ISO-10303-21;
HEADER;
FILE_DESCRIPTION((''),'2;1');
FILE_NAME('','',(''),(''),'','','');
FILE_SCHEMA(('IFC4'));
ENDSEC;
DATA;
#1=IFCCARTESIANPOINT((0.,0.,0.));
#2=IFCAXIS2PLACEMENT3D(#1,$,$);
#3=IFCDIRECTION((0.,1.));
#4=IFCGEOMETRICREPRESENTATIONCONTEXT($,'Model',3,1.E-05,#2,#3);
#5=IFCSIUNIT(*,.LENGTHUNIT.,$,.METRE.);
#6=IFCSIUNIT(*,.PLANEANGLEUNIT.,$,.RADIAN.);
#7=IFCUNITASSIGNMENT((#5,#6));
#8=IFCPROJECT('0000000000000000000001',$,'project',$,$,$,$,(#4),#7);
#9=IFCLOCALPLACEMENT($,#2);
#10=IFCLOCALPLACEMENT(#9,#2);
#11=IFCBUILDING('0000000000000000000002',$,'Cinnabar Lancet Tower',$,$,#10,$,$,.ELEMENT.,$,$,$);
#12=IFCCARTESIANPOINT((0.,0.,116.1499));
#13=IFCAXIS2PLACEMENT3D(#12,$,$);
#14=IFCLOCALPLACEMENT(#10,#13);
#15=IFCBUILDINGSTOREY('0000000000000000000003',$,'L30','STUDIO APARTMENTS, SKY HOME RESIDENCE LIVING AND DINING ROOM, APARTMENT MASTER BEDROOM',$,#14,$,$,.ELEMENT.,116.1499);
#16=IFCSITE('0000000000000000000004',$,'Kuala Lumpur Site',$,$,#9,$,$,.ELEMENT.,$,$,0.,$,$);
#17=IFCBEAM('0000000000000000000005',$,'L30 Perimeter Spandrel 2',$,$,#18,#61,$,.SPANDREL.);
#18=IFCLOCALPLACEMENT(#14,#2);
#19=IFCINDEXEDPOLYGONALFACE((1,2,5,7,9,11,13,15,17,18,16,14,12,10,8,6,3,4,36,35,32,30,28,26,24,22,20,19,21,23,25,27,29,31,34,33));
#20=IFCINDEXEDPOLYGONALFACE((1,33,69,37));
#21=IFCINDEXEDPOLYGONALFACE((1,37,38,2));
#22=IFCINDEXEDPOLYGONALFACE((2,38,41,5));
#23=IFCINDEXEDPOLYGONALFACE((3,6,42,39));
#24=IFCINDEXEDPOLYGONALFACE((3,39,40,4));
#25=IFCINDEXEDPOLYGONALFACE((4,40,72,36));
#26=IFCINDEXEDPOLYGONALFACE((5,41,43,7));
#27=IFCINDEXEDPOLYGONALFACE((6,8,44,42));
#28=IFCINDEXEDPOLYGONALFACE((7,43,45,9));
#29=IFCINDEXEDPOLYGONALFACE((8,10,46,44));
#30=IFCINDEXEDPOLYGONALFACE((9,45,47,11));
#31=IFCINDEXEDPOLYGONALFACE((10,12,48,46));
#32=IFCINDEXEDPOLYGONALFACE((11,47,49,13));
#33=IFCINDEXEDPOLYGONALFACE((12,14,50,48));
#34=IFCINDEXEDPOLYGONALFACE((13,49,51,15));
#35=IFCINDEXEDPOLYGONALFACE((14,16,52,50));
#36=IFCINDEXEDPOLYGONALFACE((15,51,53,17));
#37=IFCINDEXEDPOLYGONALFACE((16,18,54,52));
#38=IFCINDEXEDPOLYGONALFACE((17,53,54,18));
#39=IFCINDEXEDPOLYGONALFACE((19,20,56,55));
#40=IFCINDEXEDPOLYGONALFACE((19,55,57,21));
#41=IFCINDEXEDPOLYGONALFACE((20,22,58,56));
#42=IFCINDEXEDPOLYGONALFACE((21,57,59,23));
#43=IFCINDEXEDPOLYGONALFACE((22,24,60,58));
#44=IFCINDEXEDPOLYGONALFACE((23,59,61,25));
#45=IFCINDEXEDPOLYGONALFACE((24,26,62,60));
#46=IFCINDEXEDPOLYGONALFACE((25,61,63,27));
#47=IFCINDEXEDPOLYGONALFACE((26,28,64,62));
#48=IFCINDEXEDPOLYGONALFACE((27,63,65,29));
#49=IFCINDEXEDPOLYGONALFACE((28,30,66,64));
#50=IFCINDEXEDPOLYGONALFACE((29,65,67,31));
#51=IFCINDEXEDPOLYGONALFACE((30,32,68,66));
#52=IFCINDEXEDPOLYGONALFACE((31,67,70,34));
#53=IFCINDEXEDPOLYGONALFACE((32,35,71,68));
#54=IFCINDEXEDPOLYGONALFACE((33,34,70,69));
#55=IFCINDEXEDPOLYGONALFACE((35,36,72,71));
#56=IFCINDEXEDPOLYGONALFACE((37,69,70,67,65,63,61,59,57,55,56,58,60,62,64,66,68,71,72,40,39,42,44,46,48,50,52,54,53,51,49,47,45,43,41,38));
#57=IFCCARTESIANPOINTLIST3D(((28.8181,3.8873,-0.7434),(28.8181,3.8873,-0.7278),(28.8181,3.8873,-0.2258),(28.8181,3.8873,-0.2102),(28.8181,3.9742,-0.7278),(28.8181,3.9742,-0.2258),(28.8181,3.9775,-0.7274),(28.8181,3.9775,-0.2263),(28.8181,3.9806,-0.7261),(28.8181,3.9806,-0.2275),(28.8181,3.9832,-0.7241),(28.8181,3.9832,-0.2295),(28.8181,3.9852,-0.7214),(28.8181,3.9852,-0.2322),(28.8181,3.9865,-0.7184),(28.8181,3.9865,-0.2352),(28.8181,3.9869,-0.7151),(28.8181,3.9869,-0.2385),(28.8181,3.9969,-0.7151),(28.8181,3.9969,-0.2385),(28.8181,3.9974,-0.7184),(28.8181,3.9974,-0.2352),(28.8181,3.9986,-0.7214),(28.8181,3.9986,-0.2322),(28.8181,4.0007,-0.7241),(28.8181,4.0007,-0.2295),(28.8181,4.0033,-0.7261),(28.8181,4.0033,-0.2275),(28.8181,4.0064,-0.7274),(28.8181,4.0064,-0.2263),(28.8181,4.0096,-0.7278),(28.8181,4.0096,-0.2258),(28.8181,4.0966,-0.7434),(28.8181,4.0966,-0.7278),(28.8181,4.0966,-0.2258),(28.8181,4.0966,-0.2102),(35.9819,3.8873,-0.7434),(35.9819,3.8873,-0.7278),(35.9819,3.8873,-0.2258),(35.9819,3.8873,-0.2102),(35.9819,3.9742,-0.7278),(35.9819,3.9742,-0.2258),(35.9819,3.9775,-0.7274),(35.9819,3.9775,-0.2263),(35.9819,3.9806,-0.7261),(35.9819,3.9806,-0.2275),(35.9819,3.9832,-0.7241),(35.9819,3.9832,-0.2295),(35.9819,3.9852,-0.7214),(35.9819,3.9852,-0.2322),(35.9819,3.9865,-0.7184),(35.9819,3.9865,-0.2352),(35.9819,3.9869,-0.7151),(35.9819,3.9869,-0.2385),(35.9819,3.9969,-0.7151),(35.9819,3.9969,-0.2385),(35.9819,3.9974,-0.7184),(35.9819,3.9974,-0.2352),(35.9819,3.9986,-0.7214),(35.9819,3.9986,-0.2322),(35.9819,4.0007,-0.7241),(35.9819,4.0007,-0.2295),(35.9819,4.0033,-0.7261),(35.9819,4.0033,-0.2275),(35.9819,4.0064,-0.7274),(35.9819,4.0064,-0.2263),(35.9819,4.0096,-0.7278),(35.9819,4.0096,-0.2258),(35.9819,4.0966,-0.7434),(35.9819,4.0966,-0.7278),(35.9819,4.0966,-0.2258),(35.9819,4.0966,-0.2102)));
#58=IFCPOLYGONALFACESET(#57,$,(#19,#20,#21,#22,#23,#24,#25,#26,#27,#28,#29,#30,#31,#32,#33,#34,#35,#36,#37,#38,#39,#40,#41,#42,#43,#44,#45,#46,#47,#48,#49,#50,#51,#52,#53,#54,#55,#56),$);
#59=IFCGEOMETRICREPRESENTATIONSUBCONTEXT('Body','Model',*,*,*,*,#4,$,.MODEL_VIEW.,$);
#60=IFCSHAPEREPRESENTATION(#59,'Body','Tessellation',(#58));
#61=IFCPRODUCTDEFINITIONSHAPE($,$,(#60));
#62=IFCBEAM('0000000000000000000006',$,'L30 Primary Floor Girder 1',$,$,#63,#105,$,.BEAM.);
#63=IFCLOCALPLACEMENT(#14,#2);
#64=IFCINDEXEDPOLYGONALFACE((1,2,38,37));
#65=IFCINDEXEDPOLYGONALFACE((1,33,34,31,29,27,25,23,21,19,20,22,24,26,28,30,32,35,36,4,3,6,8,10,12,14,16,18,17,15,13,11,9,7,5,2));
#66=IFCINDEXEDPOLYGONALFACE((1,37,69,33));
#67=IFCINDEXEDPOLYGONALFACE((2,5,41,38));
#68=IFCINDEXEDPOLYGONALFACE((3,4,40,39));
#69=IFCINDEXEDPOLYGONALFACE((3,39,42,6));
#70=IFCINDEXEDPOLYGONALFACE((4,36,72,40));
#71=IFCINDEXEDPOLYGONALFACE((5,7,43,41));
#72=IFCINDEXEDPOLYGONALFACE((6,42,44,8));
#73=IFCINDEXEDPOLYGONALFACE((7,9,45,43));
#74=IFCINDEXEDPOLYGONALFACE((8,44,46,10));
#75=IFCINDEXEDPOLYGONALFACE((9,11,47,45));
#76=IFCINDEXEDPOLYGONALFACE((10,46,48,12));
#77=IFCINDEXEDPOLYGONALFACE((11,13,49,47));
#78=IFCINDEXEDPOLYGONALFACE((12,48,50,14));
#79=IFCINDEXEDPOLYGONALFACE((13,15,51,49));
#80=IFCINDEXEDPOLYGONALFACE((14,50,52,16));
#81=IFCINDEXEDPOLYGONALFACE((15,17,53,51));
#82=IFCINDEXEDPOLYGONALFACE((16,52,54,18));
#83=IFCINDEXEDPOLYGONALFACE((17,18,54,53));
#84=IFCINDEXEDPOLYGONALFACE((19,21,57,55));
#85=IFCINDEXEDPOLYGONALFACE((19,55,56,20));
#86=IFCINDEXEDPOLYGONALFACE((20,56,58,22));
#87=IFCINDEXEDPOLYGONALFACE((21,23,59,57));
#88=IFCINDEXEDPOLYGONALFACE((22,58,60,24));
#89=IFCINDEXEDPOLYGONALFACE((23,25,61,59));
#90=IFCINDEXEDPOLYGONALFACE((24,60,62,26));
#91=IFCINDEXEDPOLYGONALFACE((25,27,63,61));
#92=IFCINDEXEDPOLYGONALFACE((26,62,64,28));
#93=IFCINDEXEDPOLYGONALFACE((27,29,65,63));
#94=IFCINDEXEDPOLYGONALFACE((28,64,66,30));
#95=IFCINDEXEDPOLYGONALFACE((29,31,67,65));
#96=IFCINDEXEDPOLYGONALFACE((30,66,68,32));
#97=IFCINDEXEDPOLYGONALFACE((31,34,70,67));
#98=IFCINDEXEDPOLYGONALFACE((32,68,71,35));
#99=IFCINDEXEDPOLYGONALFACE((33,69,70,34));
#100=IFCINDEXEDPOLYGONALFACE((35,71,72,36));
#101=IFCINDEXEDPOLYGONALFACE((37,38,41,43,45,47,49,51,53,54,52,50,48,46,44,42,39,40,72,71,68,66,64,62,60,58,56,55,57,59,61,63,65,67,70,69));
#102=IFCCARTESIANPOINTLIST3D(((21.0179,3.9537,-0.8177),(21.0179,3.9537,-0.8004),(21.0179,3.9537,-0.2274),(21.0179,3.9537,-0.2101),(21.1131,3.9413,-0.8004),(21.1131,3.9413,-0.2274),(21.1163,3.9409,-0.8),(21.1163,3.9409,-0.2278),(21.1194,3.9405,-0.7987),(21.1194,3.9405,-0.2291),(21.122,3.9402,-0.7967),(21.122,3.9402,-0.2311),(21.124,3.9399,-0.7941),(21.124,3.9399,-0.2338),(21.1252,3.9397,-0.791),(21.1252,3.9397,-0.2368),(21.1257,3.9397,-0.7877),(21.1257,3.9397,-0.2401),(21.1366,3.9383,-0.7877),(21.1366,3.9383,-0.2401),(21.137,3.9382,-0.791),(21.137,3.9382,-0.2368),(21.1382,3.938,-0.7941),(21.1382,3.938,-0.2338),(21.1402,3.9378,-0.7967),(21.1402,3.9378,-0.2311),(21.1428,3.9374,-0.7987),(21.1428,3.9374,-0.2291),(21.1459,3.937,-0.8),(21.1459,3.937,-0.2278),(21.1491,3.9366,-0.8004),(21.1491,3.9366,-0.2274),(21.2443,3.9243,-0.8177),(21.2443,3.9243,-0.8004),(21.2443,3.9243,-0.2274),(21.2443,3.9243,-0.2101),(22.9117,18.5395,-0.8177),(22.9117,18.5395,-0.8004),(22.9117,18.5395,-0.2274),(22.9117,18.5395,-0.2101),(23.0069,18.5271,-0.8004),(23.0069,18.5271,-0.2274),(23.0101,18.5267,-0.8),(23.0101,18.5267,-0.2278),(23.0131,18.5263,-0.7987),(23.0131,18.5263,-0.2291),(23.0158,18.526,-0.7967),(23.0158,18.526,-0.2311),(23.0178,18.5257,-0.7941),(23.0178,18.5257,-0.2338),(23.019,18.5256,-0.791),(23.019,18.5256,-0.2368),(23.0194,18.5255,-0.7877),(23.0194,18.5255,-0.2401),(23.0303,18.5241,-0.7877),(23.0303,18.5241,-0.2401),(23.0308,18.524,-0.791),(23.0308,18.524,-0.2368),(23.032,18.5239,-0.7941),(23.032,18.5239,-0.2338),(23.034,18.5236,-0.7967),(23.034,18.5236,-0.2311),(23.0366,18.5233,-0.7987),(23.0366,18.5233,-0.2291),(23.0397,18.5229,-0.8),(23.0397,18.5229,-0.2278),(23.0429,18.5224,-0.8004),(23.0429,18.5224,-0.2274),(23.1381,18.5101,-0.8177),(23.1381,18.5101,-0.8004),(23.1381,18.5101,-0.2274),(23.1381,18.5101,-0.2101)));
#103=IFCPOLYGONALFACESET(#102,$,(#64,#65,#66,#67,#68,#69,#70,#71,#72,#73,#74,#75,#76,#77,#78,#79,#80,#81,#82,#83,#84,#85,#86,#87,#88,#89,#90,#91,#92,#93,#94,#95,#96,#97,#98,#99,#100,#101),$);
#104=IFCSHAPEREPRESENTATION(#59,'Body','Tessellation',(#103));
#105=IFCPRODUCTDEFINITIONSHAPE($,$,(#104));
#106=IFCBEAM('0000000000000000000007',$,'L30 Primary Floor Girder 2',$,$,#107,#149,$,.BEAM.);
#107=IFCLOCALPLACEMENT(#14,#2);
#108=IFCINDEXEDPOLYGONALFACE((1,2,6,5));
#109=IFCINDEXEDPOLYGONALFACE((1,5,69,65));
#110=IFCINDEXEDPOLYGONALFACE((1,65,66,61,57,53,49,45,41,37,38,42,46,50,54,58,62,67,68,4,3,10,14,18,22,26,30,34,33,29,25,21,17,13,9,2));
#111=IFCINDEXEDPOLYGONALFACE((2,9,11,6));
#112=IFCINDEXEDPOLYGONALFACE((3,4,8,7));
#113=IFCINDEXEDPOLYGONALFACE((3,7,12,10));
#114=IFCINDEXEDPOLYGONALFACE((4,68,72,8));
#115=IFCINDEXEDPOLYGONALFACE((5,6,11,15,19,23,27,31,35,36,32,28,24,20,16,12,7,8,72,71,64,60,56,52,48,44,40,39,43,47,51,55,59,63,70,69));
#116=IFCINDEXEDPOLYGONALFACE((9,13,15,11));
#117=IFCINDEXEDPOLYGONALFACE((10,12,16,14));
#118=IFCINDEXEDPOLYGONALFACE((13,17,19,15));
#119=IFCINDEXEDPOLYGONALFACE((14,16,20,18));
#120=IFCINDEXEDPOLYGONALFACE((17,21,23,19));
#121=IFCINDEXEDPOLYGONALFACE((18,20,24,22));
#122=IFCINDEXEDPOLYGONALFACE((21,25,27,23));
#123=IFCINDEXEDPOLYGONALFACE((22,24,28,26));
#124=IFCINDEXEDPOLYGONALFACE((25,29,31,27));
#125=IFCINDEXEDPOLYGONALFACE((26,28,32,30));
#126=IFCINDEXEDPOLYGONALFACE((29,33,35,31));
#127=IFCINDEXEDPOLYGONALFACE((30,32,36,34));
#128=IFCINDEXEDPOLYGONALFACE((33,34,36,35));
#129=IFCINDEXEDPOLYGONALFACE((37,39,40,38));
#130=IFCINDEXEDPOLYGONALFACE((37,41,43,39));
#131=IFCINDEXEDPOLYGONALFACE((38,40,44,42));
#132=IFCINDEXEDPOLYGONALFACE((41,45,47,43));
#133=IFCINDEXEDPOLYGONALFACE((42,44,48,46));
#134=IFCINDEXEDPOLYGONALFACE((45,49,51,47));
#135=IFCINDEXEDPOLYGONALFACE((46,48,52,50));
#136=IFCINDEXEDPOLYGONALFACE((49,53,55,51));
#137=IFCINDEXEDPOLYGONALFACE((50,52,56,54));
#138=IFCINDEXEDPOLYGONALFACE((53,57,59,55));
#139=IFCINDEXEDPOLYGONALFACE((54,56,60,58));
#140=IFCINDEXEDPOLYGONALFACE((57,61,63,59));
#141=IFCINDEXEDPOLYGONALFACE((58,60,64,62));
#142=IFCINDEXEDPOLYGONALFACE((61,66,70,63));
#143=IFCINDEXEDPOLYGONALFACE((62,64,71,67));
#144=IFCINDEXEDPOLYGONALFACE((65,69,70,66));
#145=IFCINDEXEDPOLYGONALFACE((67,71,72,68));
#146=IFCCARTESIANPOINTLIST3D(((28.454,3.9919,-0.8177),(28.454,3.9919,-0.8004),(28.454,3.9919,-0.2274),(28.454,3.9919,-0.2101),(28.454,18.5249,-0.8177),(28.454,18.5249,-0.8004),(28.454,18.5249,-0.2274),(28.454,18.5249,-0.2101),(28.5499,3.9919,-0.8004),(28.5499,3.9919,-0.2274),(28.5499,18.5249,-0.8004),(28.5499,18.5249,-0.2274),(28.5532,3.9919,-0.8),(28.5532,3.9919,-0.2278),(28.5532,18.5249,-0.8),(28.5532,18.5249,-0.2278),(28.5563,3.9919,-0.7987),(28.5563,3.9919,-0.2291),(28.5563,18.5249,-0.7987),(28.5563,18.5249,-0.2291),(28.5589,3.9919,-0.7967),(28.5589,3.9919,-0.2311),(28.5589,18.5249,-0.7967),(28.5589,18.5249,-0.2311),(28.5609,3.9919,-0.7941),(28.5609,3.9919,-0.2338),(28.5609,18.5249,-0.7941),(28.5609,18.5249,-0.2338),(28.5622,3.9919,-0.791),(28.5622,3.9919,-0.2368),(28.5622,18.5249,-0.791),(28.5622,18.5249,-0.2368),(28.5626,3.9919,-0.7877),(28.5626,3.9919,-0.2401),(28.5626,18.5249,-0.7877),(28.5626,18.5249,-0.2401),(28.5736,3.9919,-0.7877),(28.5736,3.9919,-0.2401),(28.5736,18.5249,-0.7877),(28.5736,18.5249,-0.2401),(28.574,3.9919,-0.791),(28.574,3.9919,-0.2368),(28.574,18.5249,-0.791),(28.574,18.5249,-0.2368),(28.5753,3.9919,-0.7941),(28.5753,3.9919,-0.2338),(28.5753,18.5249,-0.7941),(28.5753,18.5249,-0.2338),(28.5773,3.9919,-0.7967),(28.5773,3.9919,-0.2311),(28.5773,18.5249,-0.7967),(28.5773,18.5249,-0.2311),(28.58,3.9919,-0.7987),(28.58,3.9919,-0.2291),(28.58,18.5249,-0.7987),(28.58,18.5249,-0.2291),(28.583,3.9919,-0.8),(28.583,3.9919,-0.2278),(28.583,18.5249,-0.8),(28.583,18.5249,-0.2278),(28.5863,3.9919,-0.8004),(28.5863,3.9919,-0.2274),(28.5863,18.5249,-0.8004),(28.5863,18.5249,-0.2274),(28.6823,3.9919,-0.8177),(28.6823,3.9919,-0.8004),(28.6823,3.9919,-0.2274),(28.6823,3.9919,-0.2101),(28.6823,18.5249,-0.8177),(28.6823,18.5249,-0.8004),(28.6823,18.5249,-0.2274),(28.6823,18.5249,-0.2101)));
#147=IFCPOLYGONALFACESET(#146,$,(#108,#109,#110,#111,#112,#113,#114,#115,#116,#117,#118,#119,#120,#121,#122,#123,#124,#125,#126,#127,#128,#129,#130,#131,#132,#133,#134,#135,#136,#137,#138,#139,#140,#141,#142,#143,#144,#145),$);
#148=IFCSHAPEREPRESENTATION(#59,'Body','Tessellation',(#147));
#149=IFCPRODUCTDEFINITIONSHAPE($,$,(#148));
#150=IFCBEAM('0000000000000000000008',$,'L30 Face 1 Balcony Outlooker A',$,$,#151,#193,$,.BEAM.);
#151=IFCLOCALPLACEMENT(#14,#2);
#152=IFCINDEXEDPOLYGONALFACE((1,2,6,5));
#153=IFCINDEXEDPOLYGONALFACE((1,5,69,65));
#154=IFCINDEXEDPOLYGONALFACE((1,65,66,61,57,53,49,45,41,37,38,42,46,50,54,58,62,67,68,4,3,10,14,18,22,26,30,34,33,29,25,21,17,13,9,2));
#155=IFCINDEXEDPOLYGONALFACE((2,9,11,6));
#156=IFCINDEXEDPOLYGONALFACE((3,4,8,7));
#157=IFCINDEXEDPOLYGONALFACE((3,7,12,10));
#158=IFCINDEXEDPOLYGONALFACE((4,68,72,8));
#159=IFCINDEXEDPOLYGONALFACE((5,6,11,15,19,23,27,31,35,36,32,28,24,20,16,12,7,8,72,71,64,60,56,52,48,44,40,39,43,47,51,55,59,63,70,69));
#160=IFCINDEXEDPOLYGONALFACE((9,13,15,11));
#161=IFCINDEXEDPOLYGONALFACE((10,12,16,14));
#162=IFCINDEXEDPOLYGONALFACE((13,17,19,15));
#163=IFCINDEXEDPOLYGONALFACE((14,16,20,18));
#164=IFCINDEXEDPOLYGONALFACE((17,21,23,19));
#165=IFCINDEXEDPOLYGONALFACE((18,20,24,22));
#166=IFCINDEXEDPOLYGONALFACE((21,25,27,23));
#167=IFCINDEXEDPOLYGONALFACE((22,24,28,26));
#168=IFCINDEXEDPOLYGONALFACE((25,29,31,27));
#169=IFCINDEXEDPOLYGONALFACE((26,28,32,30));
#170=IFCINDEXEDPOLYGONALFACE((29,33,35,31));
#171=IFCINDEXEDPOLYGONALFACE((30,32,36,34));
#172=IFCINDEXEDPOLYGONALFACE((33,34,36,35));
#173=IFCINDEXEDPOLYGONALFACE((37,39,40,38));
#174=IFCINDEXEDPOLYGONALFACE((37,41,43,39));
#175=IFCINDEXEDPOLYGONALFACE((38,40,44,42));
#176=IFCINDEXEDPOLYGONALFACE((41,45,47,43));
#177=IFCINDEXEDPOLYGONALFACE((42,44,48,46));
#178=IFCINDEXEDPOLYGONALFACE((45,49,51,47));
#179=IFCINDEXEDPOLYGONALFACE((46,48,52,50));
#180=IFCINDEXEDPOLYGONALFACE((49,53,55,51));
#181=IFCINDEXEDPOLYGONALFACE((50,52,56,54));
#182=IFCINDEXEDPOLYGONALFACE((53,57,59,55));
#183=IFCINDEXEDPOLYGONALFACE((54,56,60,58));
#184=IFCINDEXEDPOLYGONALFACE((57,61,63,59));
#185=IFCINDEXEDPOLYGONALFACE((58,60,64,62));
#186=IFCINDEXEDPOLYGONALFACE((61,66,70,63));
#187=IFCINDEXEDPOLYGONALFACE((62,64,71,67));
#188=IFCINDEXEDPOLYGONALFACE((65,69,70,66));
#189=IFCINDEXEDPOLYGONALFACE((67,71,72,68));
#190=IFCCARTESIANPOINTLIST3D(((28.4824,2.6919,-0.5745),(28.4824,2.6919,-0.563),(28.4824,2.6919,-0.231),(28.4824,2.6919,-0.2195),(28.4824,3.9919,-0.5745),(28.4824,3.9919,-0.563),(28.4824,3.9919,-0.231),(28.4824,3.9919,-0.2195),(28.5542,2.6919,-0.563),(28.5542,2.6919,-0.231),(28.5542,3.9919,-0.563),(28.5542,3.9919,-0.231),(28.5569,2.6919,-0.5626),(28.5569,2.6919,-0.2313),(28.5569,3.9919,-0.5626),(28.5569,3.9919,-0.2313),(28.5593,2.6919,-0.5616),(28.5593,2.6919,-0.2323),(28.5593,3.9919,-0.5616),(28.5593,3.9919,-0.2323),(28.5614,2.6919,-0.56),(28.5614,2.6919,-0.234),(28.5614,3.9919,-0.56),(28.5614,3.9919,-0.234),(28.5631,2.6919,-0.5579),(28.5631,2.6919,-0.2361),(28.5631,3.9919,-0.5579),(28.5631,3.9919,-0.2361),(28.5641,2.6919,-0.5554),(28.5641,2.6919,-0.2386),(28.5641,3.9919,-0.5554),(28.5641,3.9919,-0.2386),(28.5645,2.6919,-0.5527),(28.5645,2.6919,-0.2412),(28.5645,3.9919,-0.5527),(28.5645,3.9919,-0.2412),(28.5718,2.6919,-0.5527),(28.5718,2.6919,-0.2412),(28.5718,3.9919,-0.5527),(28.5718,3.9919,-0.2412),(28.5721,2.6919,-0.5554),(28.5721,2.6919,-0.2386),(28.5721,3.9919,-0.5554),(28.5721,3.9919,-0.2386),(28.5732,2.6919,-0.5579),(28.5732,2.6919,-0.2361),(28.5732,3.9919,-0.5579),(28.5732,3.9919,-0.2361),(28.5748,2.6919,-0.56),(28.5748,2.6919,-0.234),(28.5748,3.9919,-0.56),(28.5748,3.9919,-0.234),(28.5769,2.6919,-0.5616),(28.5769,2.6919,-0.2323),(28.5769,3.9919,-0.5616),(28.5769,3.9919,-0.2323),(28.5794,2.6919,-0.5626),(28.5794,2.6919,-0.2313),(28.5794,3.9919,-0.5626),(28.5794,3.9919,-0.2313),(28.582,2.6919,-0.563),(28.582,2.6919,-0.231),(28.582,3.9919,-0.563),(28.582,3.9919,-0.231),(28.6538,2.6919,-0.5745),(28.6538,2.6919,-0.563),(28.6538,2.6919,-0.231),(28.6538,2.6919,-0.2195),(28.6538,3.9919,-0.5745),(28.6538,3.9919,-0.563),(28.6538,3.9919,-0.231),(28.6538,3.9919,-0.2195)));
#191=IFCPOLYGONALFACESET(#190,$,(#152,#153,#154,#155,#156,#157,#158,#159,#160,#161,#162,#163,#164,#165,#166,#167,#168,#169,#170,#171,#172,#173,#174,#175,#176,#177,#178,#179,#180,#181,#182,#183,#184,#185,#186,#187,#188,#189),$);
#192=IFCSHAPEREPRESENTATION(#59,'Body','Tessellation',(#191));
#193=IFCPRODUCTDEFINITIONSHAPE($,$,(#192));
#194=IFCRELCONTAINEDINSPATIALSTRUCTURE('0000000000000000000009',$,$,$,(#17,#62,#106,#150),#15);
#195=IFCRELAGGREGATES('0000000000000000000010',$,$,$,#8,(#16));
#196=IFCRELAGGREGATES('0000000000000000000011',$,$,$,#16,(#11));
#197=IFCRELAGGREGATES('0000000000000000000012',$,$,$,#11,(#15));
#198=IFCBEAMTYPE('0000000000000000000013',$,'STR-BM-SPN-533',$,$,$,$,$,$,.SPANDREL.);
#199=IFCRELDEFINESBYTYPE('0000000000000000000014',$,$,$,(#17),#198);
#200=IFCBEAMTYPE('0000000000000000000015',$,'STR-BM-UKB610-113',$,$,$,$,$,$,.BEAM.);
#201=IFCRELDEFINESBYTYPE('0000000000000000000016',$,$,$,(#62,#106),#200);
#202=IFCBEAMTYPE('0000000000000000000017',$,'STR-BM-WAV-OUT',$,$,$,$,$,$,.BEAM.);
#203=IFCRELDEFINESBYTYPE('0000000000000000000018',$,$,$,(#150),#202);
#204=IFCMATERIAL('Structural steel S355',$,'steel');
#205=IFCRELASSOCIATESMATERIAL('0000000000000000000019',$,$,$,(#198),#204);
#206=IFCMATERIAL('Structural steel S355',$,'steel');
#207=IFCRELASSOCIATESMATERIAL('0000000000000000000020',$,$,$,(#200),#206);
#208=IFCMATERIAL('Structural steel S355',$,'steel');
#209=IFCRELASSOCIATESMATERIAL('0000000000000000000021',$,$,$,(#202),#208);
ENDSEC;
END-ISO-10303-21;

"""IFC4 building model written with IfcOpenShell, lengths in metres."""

from ifc_helpers import new_model, si_unit, direction, frame, origin, origin_2d, place, context, subcontext, project, spatial, i_section, extrude, material, material_profile, profile_set, type_object, element, save


model = new_model("IFC4")

# Units and contexts
model_context = context("Model", 3, precision=1e-05, world=origin(), true_north=direction((0.0, 1.0)))
body_context = subcontext(model_context, "Body", "Model", "MODEL_VIEW")
ifc_project = project(units=[si_unit("LENGTHUNIT", "METRE"), si_unit("PLANEANGLEUNIT", "RADIAN")], contexts=[model_context])

# Site, building, storey
site_placement = place(None, origin())
site = spatial("IfcSite", under=ifc_project, at=site_placement, Name="Kuala Lumpur Site", CompositionType="ELEMENT", RefElevation=0.0)
building_placement = place(site_placement, origin())
building = spatial("IfcBuilding", under=site, at=building_placement, Name="Cinnabar Lancet Tower", CompositionType="ELEMENT")
storey_placement = place(building_placement, frame((0.0, 0.0, 116.1499)))
storey = spatial("IfcBuildingStorey", under=building, at=storey_placement, Name="L30", Description="STUDIO APARTMENTS, SKY HOME RESIDENCE LIVING AND DINING ROOM, APARTMENT MASTER BEDROOM", CompositionType="ELEMENT", Elevation=116.1499)

# Beams
ifc_material_1 = material(Name="Structural steel S355", Category="steel")
ifc_material_profile_1 = material_profile(ifc_material_1, i_section(OverallWidth=0.2092, OverallDepth=0.5332, WebThickness=0.01, FlangeThickness=0.0156, FilletRadius=0.0127, at=origin_2d()), Name="UKB 533x210x92")
ifc_profile_set_1 = profile_set([ifc_material_profile_1], Name="Structural steel S355")
beam_type_1 = type_object("IfcBeamType", Name="STR-BM-SPN-533", PredefinedType="SPANDREL", material=ifc_profile_set_1)
beam_1_placement = place(storey_placement, frame((28.8181, 3.9919, -0.4768), z_axis=(1.0, 0.0, 0.0), x_axis=(0.0, 1.0, 0.0)))
element("IfcBeam", 1, at=beam_1_placement, inside=storey, type_object=beam_type_1, Name="L30 Perimeter Spandrel 2", PredefinedType="SPANDREL", context=body_context, shape_type="SweptSolid", body=[
    extrude(i_section(OverallWidth=0.2092, OverallDepth=0.5332, WebThickness=0.01, FlangeThickness=0.0156, FilletRadius=0.0127, at=origin_2d()), origin(), (0.0, 0.0, 1.0), 7.1638),
])
ifc_material_2 = material(Name="Structural steel S355", Category="steel")
ifc_material_profile_2 = material_profile(ifc_material_2, i_section(OverallWidth=0.2283, OverallDepth=0.6077, WebThickness=0.011, FlangeThickness=0.0173, FilletRadius=0.0127, at=origin_2d()), Name="UKB 610x229x113")
ifc_profile_set_2 = profile_set([ifc_material_profile_2], Name="Structural steel S355")
beam_type_2 = type_object("IfcBeamType", Name="STR-BM-UKB610-113", PredefinedType="BEAM", material=ifc_profile_set_2)
beam_2_placement = place(storey_placement, frame((21.1311, 3.939, -0.5139), z_axis=(0.128757, 0.991676, 0.0), x_axis=(-0.991676, 0.128757, 0.0)))
element("IfcBeam", 2, at=beam_2_placement, inside=storey, type_object=beam_type_2, Name="L30 Primary Floor Girder 1", PredefinedType="BEAM", context=body_context, shape_type="SweptSolid", body=[
    extrude(i_section(OverallWidth=0.2283, OverallDepth=0.6077, WebThickness=0.011, FlangeThickness=0.0173, FilletRadius=0.0127, at=origin_2d()), origin(), (0.0, 0.0, 1.0), 14.7083),
])
beam_3_placement = place(storey_placement, frame((28.5681, 3.9919, -0.5139), z_axis=(0.0, 1.0, 0.0), x_axis=(-1.0, 0.0, 0.0)))
element("IfcBeam", 3, at=beam_3_placement, inside=storey, type_object=beam_type_2, Name="L30 Primary Floor Girder 2", PredefinedType="BEAM", context=body_context, shape_type="SweptSolid", body=[
    extrude(i_section(OverallWidth=0.2283, OverallDepth=0.6077, WebThickness=0.011, FlangeThickness=0.0173, FilletRadius=0.0127, at=origin_2d()), origin(), (0.0, 0.0, 1.0), 14.533),
])
ifc_material_3 = material(Name="Structural steel S355", Category="steel")
ifc_material_profile_3 = material_profile(ifc_material_3, i_section(OverallWidth=0.1714, OverallDepth=0.355, WebThickness=0.0073, FlangeThickness=0.0115, FilletRadius=0.0103, at=origin_2d()), Name="UKB 356x171x51")
ifc_profile_set_3 = profile_set([ifc_material_profile_3], Name="Structural steel S355")
beam_type_3 = type_object("IfcBeamType", Name="STR-BM-WAV-OUT", PredefinedType="BEAM", material=ifc_profile_set_3)
beam_4_placement = place(storey_placement, frame((28.5681, 3.9919, -0.397), z_axis=(0.0, -1.0, 0.0), x_axis=(1.0, 0.0, 0.0)))
element("IfcBeam", 4, at=beam_4_placement, inside=storey, type_object=beam_type_3, Name="L30 Face 1 Balcony Outlooker A", PredefinedType="BEAM", context=body_context, shape_type="SweptSolid", body=[
    extrude(i_section(OverallWidth=0.1714, OverallDepth=0.355, WebThickness=0.0073, FlangeThickness=0.0115, FilletRadius=0.0103, at=origin_2d()), origin(), (0.0, 0.0, 1.0), 1.3),
])

save(model, "model.ifc")
